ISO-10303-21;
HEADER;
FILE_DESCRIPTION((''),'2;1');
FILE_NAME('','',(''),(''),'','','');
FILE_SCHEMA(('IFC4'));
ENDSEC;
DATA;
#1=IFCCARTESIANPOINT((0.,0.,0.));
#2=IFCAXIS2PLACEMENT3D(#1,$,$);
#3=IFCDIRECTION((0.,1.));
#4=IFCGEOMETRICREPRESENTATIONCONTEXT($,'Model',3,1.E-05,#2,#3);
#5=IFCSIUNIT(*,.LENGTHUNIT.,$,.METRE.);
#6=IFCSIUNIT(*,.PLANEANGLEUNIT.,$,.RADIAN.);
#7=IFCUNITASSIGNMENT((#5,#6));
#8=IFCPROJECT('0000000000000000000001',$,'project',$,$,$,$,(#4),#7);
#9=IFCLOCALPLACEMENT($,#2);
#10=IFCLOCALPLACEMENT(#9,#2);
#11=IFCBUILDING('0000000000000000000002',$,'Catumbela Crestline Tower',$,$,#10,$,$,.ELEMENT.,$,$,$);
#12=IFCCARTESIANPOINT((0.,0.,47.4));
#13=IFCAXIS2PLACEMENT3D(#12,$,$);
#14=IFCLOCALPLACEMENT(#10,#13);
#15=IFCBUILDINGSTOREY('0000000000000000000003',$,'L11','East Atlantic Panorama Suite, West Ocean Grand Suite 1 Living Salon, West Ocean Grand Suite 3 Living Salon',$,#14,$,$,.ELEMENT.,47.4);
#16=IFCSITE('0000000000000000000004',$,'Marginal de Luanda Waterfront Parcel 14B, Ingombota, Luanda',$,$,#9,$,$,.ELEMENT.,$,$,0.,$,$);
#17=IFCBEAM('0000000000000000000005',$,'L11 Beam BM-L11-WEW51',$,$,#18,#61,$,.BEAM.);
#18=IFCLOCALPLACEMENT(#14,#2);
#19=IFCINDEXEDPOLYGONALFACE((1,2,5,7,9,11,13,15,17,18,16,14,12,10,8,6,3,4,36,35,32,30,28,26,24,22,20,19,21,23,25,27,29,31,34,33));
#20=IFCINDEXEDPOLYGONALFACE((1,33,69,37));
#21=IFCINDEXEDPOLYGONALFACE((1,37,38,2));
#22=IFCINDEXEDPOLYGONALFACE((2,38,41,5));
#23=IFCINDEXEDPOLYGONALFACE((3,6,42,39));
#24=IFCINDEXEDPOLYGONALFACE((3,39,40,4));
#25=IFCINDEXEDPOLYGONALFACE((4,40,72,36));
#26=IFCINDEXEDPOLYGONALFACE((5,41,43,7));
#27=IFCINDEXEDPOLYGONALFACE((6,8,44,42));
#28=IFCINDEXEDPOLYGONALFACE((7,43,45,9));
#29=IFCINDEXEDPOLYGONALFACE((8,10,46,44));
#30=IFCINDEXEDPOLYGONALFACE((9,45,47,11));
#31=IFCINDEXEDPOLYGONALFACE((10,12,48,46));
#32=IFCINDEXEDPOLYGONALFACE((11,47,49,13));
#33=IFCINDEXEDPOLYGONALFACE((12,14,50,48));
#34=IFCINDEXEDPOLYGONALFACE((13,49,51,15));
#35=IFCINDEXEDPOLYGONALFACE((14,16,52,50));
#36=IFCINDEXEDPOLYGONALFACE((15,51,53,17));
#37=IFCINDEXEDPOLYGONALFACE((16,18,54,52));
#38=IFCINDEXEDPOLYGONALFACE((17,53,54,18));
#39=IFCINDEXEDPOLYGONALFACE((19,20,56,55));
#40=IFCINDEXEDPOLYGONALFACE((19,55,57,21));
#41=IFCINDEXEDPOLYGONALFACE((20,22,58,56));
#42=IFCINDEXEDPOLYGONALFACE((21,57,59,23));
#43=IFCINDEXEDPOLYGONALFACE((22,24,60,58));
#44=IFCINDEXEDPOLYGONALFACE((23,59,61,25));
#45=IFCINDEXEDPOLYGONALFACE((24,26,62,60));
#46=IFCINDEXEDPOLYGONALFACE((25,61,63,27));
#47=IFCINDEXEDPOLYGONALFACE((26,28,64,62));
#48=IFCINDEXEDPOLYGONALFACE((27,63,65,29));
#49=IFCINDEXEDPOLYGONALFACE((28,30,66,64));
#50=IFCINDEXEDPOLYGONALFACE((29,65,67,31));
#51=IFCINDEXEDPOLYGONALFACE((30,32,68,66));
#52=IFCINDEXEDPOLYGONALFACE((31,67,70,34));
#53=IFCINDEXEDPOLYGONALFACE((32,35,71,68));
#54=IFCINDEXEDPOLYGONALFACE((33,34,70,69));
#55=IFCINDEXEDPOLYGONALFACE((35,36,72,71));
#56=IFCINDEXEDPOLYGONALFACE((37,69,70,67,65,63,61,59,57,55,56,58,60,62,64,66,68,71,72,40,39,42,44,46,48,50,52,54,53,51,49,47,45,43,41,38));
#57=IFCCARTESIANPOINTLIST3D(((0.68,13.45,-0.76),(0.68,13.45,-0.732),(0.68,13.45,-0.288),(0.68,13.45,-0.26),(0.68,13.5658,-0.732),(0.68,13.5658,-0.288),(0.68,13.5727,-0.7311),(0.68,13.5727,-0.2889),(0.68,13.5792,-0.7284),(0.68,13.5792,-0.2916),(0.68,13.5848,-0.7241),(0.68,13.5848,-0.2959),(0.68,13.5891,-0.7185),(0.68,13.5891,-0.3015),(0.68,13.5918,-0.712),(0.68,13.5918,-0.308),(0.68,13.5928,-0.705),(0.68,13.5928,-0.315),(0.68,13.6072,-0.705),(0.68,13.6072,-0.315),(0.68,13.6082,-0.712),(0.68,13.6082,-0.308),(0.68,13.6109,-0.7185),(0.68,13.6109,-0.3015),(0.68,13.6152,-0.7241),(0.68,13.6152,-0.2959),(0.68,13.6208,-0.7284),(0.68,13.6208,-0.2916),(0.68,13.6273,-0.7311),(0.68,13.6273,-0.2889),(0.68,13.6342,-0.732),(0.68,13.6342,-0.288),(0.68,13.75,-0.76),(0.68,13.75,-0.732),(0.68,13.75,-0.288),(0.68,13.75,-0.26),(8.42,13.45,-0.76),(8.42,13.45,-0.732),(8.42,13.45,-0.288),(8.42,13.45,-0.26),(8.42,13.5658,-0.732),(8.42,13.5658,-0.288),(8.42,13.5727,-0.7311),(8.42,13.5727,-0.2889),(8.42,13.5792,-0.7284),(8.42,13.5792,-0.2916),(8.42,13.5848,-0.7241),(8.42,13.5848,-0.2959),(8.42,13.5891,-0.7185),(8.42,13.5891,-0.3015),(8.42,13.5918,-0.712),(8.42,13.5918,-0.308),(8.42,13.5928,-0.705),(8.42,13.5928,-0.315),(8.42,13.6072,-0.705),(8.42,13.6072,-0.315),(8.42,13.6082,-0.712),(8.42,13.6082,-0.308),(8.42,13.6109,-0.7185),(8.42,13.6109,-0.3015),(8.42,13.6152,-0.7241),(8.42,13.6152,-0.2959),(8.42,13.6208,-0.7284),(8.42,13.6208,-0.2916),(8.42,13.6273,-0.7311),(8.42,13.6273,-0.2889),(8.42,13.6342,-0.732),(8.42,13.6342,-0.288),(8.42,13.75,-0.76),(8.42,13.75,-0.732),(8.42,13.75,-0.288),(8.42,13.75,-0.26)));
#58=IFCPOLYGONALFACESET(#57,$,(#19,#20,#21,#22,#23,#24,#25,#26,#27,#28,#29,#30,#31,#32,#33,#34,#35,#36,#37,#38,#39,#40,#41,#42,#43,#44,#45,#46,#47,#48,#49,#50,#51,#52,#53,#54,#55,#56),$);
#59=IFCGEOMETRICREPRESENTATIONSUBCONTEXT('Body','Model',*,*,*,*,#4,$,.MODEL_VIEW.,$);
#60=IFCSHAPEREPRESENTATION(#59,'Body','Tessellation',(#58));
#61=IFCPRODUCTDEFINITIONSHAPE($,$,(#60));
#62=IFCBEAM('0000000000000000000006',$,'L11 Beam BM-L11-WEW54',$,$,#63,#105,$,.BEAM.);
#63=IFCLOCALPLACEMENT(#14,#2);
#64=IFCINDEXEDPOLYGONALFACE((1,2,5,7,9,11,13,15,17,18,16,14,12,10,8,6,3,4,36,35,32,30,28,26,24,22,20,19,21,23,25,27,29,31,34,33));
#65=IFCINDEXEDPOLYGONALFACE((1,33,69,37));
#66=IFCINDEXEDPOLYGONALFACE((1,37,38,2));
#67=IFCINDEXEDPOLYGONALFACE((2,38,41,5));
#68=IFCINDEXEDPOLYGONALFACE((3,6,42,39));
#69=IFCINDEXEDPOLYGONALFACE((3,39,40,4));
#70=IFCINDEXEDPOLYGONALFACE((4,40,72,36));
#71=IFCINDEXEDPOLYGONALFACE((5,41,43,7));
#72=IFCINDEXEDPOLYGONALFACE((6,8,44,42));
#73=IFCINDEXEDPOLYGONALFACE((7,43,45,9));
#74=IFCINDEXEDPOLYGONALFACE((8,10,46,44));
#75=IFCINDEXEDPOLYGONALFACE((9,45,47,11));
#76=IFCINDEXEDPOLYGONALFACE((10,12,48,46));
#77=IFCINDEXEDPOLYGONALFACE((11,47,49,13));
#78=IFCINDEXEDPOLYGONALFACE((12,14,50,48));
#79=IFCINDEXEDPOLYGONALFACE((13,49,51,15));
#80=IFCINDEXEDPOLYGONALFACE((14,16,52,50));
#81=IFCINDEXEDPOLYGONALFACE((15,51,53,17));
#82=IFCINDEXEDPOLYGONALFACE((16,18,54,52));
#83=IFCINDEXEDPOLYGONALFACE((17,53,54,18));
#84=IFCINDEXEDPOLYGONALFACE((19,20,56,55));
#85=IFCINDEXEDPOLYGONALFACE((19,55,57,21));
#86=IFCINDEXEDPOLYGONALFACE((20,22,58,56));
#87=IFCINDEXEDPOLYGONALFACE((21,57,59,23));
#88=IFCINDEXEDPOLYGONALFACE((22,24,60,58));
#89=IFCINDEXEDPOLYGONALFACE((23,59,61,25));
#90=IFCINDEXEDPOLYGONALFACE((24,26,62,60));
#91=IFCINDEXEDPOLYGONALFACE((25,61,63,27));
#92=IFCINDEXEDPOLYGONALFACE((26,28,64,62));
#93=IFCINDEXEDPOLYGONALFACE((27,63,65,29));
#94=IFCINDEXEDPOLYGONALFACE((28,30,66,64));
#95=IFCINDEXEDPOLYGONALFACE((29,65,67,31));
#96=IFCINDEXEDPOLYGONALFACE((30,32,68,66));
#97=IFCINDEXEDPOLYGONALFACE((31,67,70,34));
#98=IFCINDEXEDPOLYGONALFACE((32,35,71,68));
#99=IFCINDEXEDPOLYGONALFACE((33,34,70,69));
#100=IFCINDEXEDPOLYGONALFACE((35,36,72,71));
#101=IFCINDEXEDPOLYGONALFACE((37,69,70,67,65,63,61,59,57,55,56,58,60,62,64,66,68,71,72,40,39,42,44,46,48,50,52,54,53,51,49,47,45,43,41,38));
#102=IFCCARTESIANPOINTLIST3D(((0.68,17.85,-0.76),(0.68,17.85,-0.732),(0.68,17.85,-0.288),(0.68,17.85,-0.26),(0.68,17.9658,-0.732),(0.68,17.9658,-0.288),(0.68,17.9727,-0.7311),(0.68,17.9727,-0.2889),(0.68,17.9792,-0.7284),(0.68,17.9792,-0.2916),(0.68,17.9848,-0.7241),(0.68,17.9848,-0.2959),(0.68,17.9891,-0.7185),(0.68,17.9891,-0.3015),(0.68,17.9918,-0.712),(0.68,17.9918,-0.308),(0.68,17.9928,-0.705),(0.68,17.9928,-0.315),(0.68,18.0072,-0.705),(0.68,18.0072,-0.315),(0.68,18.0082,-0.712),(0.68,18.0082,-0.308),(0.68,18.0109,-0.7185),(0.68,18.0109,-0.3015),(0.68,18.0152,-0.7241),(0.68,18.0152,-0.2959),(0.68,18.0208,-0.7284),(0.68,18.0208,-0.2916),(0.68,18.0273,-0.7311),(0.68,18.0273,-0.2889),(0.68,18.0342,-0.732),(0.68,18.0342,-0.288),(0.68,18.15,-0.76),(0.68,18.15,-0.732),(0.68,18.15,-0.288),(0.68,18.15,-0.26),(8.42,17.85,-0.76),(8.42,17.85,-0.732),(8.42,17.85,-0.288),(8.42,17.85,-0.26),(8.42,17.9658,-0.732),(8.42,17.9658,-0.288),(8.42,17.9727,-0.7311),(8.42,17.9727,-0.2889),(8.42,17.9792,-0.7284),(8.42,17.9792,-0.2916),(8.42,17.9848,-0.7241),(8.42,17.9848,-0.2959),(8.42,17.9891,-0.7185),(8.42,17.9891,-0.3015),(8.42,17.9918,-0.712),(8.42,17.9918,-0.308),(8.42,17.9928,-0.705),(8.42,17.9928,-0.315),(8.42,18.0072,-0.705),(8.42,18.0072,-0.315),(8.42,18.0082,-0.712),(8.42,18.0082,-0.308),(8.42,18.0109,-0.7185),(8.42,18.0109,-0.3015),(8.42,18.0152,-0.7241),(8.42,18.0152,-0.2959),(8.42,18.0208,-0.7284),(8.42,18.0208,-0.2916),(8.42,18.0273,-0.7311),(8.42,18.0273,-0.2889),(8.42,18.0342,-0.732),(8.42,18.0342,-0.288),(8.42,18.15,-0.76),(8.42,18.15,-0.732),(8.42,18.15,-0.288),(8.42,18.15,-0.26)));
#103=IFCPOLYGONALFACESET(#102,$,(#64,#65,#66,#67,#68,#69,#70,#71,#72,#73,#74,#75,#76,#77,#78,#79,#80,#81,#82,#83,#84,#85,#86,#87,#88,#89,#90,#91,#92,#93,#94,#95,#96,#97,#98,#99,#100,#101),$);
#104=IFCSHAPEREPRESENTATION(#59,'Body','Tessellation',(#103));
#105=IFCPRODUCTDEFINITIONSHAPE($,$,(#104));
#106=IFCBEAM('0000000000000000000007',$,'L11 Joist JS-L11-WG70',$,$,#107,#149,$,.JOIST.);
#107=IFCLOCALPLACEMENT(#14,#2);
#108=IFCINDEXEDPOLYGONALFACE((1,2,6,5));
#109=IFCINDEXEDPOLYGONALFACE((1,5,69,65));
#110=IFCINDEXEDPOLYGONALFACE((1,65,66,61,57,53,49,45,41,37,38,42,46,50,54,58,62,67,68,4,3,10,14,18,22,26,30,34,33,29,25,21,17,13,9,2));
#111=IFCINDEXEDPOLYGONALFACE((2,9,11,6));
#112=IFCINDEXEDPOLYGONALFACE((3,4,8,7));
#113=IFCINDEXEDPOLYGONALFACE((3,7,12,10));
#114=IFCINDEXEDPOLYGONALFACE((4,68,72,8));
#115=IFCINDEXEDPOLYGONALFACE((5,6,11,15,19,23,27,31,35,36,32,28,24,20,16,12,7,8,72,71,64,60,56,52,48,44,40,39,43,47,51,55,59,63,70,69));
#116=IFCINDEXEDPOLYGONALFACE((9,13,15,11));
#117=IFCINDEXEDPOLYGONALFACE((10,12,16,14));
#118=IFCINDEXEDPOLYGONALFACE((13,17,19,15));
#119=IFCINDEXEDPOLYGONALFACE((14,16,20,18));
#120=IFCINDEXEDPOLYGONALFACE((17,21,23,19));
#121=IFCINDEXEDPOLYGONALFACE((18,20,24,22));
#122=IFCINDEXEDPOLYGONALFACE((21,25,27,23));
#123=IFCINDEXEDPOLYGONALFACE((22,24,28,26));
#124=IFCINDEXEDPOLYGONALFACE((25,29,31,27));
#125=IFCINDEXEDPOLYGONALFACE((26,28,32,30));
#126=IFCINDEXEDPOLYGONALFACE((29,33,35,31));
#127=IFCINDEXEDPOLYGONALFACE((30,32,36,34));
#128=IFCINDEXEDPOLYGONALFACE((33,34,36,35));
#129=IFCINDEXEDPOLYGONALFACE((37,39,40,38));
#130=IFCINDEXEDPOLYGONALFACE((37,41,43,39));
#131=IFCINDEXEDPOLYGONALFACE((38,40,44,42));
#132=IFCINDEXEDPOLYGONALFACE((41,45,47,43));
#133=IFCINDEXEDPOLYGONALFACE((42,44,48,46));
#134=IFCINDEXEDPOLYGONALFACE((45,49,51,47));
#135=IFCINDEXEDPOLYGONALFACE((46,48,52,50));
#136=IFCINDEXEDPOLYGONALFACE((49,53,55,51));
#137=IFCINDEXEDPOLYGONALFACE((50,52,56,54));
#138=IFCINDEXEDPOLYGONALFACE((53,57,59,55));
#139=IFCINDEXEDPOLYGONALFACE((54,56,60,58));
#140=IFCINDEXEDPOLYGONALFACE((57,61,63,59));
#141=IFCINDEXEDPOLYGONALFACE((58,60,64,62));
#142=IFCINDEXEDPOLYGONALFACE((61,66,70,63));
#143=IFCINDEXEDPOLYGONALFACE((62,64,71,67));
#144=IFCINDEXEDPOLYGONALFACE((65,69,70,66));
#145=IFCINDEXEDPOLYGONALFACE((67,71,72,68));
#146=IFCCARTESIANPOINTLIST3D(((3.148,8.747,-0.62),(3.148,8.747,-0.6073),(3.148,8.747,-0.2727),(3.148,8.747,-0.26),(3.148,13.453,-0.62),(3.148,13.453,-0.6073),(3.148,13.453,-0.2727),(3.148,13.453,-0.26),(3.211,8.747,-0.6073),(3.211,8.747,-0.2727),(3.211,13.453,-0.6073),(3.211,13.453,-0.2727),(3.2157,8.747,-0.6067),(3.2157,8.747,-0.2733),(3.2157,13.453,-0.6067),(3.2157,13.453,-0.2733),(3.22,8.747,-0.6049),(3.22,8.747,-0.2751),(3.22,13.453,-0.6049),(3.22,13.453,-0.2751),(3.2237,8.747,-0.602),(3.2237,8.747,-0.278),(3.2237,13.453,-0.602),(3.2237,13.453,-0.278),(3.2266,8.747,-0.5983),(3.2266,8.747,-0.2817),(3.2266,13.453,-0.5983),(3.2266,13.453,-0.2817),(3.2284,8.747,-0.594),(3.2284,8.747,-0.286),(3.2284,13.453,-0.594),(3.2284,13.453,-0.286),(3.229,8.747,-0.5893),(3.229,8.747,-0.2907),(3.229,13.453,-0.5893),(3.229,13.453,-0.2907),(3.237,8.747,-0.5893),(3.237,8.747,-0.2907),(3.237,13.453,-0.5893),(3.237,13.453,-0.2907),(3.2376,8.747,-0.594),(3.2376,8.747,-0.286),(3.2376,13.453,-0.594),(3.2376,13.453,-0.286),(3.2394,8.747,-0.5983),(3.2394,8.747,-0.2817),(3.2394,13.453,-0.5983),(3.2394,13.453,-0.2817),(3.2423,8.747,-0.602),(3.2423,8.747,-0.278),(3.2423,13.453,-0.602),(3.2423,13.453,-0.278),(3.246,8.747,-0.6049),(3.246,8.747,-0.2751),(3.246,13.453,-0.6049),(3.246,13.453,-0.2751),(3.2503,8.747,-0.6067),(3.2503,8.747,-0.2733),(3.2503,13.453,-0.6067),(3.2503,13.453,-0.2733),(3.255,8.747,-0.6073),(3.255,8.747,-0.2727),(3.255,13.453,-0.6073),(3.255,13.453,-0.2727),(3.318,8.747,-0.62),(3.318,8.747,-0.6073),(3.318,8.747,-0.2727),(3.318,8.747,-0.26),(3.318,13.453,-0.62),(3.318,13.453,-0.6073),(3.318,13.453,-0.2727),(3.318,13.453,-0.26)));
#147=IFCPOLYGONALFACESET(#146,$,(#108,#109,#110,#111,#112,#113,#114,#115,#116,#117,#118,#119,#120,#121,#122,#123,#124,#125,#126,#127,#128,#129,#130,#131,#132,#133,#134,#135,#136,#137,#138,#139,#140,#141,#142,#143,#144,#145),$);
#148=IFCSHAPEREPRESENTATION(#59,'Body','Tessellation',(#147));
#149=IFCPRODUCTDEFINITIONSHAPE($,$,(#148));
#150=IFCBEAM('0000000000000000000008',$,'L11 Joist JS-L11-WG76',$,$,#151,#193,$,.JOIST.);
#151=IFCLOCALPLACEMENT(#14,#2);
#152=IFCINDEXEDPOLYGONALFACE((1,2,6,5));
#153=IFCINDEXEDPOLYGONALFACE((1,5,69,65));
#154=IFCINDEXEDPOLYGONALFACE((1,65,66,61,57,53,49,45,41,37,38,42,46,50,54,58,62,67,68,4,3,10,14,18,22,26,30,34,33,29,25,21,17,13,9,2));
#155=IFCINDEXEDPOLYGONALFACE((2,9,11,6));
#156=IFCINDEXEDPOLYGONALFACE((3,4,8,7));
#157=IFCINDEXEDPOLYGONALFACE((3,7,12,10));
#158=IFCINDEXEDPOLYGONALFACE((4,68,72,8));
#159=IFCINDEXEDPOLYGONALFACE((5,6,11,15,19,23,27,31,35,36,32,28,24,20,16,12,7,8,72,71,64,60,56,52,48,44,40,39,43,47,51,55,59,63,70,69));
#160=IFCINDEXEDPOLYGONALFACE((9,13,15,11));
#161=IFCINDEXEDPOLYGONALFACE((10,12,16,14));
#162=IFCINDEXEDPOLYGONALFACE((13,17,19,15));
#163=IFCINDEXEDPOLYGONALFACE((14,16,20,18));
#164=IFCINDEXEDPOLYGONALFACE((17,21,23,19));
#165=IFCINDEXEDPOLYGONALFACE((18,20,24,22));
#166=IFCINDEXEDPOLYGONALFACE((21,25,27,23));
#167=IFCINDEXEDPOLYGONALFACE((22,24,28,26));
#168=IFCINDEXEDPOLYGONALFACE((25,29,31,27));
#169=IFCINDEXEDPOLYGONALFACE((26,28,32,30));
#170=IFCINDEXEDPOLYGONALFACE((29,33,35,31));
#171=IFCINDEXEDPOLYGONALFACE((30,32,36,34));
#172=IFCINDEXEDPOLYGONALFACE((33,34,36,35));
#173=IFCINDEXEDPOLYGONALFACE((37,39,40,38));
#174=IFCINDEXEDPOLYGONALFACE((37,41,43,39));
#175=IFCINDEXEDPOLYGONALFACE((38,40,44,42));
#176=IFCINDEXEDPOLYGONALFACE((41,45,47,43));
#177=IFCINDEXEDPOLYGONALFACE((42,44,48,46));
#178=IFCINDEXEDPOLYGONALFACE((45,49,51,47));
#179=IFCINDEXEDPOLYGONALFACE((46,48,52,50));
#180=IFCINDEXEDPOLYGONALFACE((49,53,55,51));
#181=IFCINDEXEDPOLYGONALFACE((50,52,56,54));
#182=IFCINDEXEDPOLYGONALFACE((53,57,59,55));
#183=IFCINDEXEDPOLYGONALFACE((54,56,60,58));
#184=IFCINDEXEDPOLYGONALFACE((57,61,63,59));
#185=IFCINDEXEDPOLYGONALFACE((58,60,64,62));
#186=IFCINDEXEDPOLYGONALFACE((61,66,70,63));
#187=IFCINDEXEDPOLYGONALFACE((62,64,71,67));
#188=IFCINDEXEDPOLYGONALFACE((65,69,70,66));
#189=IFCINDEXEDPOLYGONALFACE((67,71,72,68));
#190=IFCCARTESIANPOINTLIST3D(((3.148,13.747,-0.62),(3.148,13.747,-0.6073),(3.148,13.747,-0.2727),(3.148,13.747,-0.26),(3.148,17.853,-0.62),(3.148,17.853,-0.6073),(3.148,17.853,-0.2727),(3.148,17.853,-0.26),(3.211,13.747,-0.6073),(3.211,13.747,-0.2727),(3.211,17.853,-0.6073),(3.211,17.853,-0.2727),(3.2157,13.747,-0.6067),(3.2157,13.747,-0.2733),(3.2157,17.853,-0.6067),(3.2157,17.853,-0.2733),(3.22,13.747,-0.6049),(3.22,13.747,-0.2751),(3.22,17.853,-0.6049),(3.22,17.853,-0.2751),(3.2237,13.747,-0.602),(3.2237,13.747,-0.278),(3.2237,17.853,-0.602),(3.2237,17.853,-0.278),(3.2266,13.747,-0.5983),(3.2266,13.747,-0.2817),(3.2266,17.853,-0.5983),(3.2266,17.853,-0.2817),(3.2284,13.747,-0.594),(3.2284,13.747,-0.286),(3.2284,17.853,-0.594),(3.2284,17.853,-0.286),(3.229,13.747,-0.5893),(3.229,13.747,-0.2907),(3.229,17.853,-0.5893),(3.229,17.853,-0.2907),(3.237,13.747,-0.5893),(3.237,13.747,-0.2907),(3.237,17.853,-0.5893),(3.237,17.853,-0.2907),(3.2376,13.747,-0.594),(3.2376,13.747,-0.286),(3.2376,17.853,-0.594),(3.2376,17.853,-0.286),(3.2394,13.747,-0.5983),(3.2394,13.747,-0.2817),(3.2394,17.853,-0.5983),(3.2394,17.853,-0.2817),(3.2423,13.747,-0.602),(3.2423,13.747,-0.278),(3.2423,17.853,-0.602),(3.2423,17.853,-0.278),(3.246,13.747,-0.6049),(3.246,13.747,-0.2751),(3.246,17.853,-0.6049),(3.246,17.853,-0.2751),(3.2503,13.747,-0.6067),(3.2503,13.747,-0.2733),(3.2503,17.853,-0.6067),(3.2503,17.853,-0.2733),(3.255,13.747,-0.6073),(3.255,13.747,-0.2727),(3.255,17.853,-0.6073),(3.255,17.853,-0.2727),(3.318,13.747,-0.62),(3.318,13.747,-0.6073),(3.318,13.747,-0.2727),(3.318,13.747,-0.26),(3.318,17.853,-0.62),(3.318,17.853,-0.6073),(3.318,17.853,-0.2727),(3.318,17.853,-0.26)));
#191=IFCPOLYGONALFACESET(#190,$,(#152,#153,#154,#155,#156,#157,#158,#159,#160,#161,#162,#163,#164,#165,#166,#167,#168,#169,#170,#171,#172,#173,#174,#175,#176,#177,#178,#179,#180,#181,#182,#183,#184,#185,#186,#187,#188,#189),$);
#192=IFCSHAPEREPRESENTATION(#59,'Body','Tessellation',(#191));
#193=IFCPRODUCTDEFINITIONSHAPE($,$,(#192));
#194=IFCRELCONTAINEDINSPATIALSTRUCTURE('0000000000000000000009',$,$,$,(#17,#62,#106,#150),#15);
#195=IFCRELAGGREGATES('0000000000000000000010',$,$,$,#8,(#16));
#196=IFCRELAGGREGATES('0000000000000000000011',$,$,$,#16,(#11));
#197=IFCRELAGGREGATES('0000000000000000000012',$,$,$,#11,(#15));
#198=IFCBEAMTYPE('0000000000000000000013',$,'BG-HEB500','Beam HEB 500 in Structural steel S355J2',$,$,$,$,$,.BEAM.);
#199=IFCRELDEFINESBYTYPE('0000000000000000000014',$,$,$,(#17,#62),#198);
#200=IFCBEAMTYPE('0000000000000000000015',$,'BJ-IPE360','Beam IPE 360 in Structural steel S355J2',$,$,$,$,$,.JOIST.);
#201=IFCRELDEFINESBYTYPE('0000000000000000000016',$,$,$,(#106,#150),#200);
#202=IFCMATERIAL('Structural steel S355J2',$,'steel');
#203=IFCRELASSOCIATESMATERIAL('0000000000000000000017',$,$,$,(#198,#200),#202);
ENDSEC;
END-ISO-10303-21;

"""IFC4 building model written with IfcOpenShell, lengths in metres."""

from ifc_helpers import new_model, si_unit, direction, frame, origin, origin_2d, place, context, subcontext, project, spatial, i_section, extrude, material, material_profile, profile_set, type_object, element, save


model = new_model("IFC4")

# Units and contexts
model_context = context("Model", 3, precision=1e-05, world=origin(), true_north=direction((0.0, 1.0)))
body_context = subcontext(model_context, "Body", "Model", "MODEL_VIEW")
ifc_project = project(units=[si_unit("LENGTHUNIT", "METRE"), si_unit("PLANEANGLEUNIT", "RADIAN")], contexts=[model_context])

# Site, building, storey
site_placement = place(None, origin())
site = spatial("IfcSite", under=ifc_project, at=site_placement, Name="Marginal de Luanda Waterfront Parcel 14B, Ingombota, Luanda", CompositionType="ELEMENT", RefElevation=0.0)
building_placement = place(site_placement, origin())
building = spatial("IfcBuilding", under=site, at=building_placement, Name="Catumbela Crestline Tower", CompositionType="ELEMENT")
storey_placement = place(building_placement, frame((0.0, 0.0, 47.4)))
storey = spatial("IfcBuildingStorey", under=building, at=storey_placement, Name="L11", Description="East Atlantic Panorama Suite, West Ocean Grand Suite 1 Living Salon, West Ocean Grand Suite 3 Living Salon", CompositionType="ELEMENT", Elevation=47.4)

# Beams
ifc_material_1 = material(Name="Structural steel S355J2", Category="steel")
ifc_material_profile_1 = material_profile(ifc_material_1, i_section(OverallWidth=0.3, OverallDepth=0.5, WebThickness=0.0145, FlangeThickness=0.028, FilletRadius=0.027, at=origin_2d()), Name="HEB 500")
ifc_profile_set_1 = profile_set([ifc_material_profile_1], Name="Structural steel S355J2")
beam_type_1 = type_object("IfcBeamType", Name="BG-HEB500", Description="Beam HEB 500 in Structural steel S355J2", PredefinedType="BEAM", material=ifc_profile_set_1)
for number, where, z_axis, x_axis, name in (
    (1, (0.68, 13.6, -0.51), (1.0, 0.0, 0.0), (0.0, 1.0, 0.0), "L11 Beam BM-L11-WEW51"),
    (2, (0.68, 18.0, -0.51), (1.0, 0.0, 0.0), (0.0, 1.0, 0.0), "L11 Beam BM-L11-WEW54"),
):
    element("IfcBeam", number, at=place(storey_placement, frame(where, z_axis=z_axis, x_axis=x_axis)), inside=storey, type_object=beam_type_1, Name=name, PredefinedType="BEAM", context=body_context, shape_type="SweptSolid", body=[
        extrude(i_section(OverallWidth=0.3, OverallDepth=0.5, WebThickness=0.0145, FlangeThickness=0.028, FilletRadius=0.027, at=origin_2d()), origin(), (0.0, 0.0, 1.0), 7.74),
    ])
ifc_material_profile_2 = material_profile(ifc_material_1, i_section(OverallWidth=0.17, OverallDepth=0.36, WebThickness=0.008, FlangeThickness=0.0127, FilletRadius=0.018, at=origin_2d()), Name="IPE 360")
ifc_profile_set_2 = profile_set([ifc_material_profile_2], Name="Structural steel S355J2")
beam_type_2 = type_object("IfcBeamType", Name="BJ-IPE360", Description="Beam IPE 360 in Structural steel S355J2", PredefinedType="JOIST", material=ifc_profile_set_2)
beam_1_placement = place(storey_placement, frame((3.233, 8.747, -0.44), z_axis=(0.0, 1.0, 0.0), x_axis=(-1.0, 0.0, 0.0)))
element("IfcBeam", 3, at=beam_1_placement, inside=storey, type_object=beam_type_2, Name="L11 Joist JS-L11-WG70", PredefinedType="JOIST", context=body_context, shape_type="SweptSolid", body=[
    extrude(i_section(OverallWidth=0.17, OverallDepth=0.36, WebThickness=0.008, FlangeThickness=0.0127, FilletRadius=0.018, at=origin_2d()), origin(), (0.0, 0.0, 1.0), 4.706),
])
beam_2_placement = place(storey_placement, frame((3.233, 13.747, -0.44), z_axis=(0.0, 1.0, 0.0), x_axis=(-1.0, 0.0, 0.0)))
element("IfcBeam", 4, at=beam_2_placement, inside=storey, type_object=beam_type_2, Name="L11 Joist JS-L11-WG76", PredefinedType="JOIST", context=body_context, shape_type="SweptSolid", body=[
    extrude(i_section(OverallWidth=0.17, OverallDepth=0.36, WebThickness=0.008, FlangeThickness=0.0127, FilletRadius=0.018, at=origin_2d()), origin(), (0.0, 0.0, 1.0), 4.106),
])

save(model, "model.ifc")
